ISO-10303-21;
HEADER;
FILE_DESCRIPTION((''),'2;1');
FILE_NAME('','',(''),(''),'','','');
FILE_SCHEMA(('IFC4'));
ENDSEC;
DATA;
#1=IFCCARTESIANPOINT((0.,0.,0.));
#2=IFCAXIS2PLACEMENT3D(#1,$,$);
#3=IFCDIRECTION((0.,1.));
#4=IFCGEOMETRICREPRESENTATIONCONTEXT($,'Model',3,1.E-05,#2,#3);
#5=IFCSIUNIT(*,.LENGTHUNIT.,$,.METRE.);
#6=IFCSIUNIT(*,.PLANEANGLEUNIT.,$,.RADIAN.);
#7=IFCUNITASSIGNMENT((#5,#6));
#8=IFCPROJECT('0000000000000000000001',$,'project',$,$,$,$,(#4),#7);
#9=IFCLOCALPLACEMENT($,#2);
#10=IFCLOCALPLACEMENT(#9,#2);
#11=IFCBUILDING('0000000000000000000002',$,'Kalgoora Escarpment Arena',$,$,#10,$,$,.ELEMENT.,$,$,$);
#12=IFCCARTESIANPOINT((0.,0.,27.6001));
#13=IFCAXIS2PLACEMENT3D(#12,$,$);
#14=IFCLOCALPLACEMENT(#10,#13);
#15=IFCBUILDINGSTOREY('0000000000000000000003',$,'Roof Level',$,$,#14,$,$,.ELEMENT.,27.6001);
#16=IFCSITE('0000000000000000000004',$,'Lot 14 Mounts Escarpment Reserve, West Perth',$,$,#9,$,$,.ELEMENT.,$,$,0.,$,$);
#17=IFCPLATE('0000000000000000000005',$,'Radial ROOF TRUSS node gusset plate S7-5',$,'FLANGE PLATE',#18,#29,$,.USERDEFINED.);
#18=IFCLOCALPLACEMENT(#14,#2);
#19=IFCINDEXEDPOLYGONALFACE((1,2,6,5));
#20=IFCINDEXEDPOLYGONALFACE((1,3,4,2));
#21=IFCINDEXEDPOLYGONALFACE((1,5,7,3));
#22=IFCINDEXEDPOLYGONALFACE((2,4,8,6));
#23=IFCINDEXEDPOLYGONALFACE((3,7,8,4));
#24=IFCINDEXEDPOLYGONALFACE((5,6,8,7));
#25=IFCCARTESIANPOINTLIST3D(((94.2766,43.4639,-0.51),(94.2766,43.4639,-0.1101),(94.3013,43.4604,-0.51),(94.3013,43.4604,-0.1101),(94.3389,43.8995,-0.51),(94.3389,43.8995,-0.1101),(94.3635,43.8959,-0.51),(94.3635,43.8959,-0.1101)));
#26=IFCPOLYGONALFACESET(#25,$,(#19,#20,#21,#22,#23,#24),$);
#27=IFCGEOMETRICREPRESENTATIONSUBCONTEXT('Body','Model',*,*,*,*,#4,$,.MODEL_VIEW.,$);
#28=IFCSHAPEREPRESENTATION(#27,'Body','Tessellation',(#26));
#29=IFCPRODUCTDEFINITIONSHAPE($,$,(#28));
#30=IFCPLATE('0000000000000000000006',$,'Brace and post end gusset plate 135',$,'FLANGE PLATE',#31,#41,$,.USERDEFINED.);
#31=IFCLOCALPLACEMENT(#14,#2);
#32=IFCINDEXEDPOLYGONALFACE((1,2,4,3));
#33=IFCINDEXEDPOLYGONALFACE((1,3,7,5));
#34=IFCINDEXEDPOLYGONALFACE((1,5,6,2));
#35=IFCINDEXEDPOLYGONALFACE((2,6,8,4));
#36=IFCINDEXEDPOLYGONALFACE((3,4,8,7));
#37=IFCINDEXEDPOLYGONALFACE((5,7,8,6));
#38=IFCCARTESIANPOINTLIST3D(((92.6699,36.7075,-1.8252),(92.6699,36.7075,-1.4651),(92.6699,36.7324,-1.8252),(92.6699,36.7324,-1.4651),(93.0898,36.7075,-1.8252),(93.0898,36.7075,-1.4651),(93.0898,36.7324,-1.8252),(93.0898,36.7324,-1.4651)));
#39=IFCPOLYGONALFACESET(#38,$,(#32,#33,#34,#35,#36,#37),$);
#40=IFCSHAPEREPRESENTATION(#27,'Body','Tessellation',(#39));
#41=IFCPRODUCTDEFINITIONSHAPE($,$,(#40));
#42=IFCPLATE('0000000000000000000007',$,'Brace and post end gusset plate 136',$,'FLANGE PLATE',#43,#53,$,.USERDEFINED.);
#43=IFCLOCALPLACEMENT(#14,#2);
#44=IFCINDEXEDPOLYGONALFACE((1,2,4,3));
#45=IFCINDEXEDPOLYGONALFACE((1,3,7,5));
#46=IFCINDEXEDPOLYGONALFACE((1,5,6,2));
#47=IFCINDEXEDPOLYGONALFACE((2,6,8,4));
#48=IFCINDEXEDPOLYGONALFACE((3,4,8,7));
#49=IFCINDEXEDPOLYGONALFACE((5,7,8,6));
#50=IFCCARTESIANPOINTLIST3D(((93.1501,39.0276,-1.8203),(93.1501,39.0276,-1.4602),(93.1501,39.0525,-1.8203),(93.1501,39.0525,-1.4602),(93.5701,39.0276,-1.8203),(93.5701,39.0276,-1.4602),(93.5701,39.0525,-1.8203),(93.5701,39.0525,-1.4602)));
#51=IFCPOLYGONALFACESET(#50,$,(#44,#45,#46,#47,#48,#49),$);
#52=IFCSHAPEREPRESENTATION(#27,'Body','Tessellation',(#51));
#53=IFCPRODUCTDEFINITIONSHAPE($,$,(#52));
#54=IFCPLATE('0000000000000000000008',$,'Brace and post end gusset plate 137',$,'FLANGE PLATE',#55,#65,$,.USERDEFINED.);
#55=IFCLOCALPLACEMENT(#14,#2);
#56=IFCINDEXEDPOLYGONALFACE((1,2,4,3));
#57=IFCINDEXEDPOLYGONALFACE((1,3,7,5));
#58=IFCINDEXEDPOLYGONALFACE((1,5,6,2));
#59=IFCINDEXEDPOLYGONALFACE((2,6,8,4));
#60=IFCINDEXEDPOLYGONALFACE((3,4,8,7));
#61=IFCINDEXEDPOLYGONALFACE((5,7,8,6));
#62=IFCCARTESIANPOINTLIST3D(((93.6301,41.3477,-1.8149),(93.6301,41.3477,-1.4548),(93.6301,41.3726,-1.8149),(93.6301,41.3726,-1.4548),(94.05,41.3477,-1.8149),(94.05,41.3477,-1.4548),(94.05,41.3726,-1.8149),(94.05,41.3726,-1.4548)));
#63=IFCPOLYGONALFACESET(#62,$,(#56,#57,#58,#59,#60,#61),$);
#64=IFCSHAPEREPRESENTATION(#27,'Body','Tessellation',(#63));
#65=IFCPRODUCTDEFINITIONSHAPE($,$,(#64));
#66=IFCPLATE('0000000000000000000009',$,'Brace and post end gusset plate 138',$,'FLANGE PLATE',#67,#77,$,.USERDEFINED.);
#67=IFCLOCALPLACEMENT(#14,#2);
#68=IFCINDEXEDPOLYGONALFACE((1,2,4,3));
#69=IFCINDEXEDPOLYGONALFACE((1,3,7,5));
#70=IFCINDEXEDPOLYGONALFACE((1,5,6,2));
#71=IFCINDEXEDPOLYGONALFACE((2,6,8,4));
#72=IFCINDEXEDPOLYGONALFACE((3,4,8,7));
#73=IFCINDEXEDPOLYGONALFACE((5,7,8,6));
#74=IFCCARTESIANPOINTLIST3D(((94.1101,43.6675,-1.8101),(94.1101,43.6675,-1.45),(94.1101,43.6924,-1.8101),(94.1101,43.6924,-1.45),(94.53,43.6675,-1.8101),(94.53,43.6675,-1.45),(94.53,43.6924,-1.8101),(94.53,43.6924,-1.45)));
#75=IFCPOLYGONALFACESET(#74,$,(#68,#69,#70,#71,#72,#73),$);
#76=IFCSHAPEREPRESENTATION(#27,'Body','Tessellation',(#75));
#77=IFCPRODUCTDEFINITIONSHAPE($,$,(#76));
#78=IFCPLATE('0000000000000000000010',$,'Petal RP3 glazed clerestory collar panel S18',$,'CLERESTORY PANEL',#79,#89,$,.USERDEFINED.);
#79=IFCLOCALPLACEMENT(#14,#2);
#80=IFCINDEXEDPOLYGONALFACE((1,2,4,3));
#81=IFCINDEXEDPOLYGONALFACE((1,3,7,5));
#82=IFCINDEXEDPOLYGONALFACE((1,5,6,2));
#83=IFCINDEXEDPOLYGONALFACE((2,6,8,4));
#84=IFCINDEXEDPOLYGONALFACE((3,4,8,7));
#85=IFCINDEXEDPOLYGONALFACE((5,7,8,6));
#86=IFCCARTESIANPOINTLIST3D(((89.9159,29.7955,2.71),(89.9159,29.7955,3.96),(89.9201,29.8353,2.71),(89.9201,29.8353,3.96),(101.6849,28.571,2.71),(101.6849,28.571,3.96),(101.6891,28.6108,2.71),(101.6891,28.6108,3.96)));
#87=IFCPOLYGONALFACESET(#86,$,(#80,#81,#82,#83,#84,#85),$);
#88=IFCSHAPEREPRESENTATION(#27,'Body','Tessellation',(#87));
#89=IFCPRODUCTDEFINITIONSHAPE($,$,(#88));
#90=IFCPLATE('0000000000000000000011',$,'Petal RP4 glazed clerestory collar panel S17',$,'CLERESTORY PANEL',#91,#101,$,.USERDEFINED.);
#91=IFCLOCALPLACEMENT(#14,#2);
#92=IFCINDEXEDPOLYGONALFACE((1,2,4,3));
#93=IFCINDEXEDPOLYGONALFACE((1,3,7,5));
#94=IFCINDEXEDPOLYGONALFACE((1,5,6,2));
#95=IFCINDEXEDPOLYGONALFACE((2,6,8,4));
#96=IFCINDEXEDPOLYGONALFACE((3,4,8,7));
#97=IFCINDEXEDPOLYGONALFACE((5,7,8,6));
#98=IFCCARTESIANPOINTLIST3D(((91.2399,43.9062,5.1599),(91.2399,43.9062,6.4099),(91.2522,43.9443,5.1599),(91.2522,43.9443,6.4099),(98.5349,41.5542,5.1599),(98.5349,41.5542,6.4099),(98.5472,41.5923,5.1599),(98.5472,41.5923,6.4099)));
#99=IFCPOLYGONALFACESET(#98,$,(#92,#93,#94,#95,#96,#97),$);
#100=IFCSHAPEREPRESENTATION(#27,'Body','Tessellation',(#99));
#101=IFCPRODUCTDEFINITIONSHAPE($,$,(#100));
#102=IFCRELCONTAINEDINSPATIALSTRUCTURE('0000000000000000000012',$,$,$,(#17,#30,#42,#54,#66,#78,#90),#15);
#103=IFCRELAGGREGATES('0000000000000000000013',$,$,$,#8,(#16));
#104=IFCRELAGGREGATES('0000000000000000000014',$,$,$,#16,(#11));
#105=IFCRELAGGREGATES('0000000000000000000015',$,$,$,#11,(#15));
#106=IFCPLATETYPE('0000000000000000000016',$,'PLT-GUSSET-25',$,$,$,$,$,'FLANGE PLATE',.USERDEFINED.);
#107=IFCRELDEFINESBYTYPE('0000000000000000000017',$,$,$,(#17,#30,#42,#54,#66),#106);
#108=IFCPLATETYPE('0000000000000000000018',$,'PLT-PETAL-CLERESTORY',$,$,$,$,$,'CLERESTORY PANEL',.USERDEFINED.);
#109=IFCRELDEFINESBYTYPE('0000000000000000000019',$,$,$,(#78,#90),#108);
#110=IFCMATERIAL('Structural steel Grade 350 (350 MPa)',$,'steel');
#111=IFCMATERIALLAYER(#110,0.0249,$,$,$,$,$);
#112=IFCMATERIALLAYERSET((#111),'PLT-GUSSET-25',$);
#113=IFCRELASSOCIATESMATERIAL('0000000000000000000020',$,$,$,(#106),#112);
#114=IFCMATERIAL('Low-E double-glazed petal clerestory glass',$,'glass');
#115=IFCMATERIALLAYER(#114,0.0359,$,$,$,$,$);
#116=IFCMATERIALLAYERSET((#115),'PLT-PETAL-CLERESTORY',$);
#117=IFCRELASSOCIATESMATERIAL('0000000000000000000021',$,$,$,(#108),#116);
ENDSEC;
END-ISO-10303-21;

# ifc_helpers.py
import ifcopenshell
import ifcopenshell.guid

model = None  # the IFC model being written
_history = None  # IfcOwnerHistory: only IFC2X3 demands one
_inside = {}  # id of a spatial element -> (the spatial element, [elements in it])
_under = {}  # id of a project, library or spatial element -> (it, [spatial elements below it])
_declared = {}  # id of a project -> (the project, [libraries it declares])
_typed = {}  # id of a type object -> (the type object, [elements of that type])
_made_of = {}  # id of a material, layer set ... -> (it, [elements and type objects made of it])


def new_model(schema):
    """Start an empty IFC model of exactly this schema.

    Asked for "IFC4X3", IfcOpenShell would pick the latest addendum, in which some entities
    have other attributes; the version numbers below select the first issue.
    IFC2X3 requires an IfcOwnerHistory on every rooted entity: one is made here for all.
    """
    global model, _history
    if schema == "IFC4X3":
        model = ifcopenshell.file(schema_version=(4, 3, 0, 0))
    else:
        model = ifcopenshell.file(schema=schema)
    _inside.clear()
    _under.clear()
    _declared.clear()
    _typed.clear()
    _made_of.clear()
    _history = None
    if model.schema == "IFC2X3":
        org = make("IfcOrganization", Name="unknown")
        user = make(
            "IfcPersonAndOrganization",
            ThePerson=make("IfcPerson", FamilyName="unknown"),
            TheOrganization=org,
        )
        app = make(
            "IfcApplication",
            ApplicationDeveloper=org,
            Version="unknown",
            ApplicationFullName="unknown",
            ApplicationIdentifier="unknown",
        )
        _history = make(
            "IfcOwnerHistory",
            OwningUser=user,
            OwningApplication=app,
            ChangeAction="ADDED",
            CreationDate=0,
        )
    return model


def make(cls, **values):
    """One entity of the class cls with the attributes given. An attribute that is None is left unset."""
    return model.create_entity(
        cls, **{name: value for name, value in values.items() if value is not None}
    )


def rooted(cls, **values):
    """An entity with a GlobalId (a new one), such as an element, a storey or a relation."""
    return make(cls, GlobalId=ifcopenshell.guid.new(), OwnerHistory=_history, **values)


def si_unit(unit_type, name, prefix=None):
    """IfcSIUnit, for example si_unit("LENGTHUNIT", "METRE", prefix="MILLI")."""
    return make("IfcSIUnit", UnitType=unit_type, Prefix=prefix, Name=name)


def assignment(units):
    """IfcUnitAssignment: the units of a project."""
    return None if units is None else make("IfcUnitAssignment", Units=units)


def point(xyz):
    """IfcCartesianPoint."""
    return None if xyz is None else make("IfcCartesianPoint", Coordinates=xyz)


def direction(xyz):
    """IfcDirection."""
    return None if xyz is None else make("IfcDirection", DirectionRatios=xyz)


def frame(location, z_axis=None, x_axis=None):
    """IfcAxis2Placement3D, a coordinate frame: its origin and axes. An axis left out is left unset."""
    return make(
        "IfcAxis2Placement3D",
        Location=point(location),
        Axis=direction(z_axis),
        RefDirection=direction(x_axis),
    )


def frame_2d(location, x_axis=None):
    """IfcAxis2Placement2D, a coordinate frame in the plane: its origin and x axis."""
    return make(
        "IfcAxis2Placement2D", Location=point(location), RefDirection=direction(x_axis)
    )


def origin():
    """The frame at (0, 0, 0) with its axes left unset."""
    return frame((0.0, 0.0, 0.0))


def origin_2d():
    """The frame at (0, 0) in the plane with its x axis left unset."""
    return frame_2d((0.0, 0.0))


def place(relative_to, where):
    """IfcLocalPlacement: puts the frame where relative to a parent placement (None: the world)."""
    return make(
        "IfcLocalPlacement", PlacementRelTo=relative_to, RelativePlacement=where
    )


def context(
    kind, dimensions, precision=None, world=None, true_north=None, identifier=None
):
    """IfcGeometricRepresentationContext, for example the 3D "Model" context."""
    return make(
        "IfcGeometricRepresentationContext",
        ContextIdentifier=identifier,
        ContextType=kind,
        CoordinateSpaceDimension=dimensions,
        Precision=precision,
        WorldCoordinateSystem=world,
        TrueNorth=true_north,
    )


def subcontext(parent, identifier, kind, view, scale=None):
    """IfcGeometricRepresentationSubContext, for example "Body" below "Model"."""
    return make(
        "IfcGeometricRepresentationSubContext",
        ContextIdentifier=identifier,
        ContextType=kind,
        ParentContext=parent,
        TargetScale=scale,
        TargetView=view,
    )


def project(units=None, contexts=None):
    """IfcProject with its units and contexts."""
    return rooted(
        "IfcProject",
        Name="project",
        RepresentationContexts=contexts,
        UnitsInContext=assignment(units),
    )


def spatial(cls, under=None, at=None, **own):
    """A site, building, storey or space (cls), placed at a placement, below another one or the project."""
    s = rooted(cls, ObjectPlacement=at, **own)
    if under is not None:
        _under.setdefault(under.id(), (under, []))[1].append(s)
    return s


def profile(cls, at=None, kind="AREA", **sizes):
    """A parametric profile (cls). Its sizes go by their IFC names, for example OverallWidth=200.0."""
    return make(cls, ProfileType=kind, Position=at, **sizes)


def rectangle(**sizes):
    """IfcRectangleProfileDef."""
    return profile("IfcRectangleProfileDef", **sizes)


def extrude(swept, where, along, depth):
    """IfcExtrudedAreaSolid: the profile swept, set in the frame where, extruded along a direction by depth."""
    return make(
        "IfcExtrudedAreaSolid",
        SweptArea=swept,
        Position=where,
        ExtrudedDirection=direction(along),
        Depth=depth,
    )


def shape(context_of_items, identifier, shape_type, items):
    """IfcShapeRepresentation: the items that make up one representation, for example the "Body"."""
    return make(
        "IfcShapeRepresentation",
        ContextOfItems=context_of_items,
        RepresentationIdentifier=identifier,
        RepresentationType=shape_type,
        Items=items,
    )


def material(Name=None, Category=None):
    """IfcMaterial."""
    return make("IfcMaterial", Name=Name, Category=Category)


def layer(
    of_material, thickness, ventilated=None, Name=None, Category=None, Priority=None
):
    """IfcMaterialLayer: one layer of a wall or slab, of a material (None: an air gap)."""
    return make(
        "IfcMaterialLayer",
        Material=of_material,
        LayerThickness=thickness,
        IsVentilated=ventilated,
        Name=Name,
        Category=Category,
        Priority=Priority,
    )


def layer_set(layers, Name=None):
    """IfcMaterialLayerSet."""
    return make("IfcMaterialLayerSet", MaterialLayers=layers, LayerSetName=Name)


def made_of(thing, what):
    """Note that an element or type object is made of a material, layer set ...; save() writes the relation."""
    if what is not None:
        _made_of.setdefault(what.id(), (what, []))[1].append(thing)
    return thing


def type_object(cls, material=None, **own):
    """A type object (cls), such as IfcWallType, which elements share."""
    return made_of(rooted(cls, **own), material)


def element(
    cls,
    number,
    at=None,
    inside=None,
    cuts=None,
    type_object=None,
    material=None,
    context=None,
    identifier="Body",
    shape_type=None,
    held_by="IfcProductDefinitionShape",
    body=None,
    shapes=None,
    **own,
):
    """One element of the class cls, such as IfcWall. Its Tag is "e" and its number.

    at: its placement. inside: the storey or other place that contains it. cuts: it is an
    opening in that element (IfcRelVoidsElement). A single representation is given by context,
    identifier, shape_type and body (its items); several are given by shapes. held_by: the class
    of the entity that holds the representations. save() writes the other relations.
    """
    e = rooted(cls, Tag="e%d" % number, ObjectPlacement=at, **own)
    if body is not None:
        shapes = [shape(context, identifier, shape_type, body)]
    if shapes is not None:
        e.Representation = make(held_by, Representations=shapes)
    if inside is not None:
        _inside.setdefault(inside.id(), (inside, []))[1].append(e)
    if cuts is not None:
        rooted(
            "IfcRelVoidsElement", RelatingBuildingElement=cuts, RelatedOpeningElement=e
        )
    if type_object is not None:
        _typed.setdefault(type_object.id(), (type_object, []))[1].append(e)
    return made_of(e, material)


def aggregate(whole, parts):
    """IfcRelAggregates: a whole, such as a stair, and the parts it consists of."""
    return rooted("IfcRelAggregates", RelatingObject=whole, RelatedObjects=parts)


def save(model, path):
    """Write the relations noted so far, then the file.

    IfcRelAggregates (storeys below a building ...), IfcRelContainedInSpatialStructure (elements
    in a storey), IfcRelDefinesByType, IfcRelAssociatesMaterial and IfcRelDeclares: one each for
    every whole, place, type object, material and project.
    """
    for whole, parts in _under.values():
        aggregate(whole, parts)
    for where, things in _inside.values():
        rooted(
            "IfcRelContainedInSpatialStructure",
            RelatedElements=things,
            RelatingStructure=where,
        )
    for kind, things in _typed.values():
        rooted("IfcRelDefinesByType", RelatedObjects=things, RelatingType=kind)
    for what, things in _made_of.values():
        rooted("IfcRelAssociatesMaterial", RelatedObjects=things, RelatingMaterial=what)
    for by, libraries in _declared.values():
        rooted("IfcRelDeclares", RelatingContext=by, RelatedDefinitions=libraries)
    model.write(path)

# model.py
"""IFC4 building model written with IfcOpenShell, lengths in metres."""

from ifc_helpers import new_model, si_unit, direction, frame, origin, origin_2d, place, context, subcontext, project, spatial, rectangle, extrude, material, layer, layer_set, type_object, element, save


model = new_model("IFC4")

# Units and contexts
model_context = context("Model", 3, precision=1e-05, world=origin(), true_north=direction((0.0, 1.0)))
body_context = subcontext(model_context, "Body", "Model", "MODEL_VIEW")
ifc_project = project(units=[si_unit("LENGTHUNIT", "METRE"), si_unit("PLANEANGLEUNIT", "RADIAN")], contexts=[model_context])

# Site, building, storey
site_placement = place(None, origin())
site = spatial("IfcSite", under=ifc_project, at=site_placement, Name="Lot 14 Mounts Escarpment Reserve, West Perth", CompositionType="ELEMENT", RefElevation=0.0)
building_placement = place(site_placement, origin())
building = spatial("IfcBuilding", under=site, at=building_placement, Name="Kalgoora Escarpment Arena", CompositionType="ELEMENT")
storey_placement = place(building_placement, frame((0.0, 0.0, 27.6001)))
storey = spatial("IfcBuildingStorey", under=building, at=storey_placement, Name="Roof Level", CompositionType="ELEMENT", Elevation=27.6001)

# Plates
ifc_material_1 = material(Name="Structural steel Grade 350 (350 MPa)", Category="steel")
ifc_layer_1 = layer(ifc_material_1, 0.0249)
ifc_layer_set_1 = layer_set([ifc_layer_1], Name="PLT-GUSSET-25")
plate_type_1 = type_object("IfcPlateType", Name="PLT-GUSSET-25", ElementType="FLANGE PLATE", PredefinedType="USERDEFINED", material=ifc_layer_set_1)
for number, where, z_axis, x_axis, name in (
    (1, (94.3201, 43.6799, -0.51), (0.0, 0.0, 1.0), (0.14142, 0.98995, 0.0), "Radial ROOF TRUSS node gusset plate S7-5"),
):
    element("IfcPlate", number, at=place(storey_placement, frame(where, z_axis=z_axis, x_axis=x_axis)), inside=storey, type_object=plate_type_1, Name=name, ObjectType="FLANGE PLATE", PredefinedType="USERDEFINED", context=body_context, shape_type="SweptSolid", body=[
        extrude(rectangle(XDim=0.4399, YDim=0.0249, at=origin_2d()), origin(), (0.0, 0.0, 1.0), 0.3999),
    ])
for number, where, z_axis, x_axis, name in (
    (2, (92.8799, 36.72, -1.8252), (0.0, 0.0, 1.0), (1.0, 0.0, 0.0), "Brace and post end gusset plate 135"),
    (3, (93.3601, 39.04, -1.8203), (0.0, 0.0, 1.0), (1.0, 0.0, 0.0), "Brace and post end gusset plate 136"),
    (4, (93.8401, 41.3601, -1.8149), (0.0, 0.0, 1.0), (1.0, 0.0, 0.0), "Brace and post end gusset plate 137"),
    (5, (94.3201, 43.6799, -1.8101), (0.0, 0.0, 1.0), (1.0, 0.0, 0.0), "Brace and post end gusset plate 138"),
):
    element("IfcPlate", number, at=place(storey_placement, frame(where, z_axis=z_axis, x_axis=x_axis)), inside=storey, type_object=plate_type_1, Name=name, ObjectType="FLANGE PLATE", PredefinedType="USERDEFINED", context=body_context, shape_type="SweptSolid", body=[
        extrude(rectangle(XDim=0.4199, YDim=0.0249, at=origin_2d()), origin(), (0.0, 0.0, 1.0), 0.3601),
    ])
ifc_material_2 = material(Name="Low-E double-glazed petal clerestory glass", Category="glass")
ifc_layer_2 = layer(ifc_material_2, 0.0359)
ifc_layer_set_2 = layer_set([ifc_layer_2], Name="PLT-PETAL-CLERESTORY")
plate_type_2 = type_object("IfcPlateType", Name="PLT-PETAL-CLERESTORY", ElementType="CLERESTORY PANEL", PredefinedType="USERDEFINED", material=ifc_layer_set_2)
plate_1_placement = place(storey_placement, frame((95.8025, 29.2031, 2.71), z_axis=(0.0, 0.0, 1.0), x_axis=(0.994631, -0.103487, 0.0)))
element("IfcPlate", 6, at=plate_1_placement, inside=storey, type_object=plate_type_2, Name="Petal RP3 glazed clerestory collar panel S18", ObjectType="CLERESTORY PANEL", PredefinedType="USERDEFINED", context=body_context, shape_type="SweptSolid", body=[
    extrude(rectangle(XDim=11.8325, YDim=0.04, at=origin_2d()), origin(), (0.0, 0.0, 1.0), 1.25),
])
plate_2_placement = place(storey_placement, frame((94.8936, 42.7493, 5.1599), z_axis=(0.0, 0.0, 1.0), x_axis=(0.951755, -0.306858, 0.0)))
element("IfcPlate", 7, at=plate_2_placement, inside=storey, type_object=plate_type_2, Name="Petal RP4 glazed clerestory collar panel S17", ObjectType="CLERESTORY PANEL", PredefinedType="USERDEFINED", context=body_context, shape_type="SweptSolid", body=[
    extrude(rectangle(XDim=7.6648, YDim=0.04, at=origin_2d()), origin(), (0.0, 0.0, 1.0), 1.25),
])

save(model, "model.ifc")
